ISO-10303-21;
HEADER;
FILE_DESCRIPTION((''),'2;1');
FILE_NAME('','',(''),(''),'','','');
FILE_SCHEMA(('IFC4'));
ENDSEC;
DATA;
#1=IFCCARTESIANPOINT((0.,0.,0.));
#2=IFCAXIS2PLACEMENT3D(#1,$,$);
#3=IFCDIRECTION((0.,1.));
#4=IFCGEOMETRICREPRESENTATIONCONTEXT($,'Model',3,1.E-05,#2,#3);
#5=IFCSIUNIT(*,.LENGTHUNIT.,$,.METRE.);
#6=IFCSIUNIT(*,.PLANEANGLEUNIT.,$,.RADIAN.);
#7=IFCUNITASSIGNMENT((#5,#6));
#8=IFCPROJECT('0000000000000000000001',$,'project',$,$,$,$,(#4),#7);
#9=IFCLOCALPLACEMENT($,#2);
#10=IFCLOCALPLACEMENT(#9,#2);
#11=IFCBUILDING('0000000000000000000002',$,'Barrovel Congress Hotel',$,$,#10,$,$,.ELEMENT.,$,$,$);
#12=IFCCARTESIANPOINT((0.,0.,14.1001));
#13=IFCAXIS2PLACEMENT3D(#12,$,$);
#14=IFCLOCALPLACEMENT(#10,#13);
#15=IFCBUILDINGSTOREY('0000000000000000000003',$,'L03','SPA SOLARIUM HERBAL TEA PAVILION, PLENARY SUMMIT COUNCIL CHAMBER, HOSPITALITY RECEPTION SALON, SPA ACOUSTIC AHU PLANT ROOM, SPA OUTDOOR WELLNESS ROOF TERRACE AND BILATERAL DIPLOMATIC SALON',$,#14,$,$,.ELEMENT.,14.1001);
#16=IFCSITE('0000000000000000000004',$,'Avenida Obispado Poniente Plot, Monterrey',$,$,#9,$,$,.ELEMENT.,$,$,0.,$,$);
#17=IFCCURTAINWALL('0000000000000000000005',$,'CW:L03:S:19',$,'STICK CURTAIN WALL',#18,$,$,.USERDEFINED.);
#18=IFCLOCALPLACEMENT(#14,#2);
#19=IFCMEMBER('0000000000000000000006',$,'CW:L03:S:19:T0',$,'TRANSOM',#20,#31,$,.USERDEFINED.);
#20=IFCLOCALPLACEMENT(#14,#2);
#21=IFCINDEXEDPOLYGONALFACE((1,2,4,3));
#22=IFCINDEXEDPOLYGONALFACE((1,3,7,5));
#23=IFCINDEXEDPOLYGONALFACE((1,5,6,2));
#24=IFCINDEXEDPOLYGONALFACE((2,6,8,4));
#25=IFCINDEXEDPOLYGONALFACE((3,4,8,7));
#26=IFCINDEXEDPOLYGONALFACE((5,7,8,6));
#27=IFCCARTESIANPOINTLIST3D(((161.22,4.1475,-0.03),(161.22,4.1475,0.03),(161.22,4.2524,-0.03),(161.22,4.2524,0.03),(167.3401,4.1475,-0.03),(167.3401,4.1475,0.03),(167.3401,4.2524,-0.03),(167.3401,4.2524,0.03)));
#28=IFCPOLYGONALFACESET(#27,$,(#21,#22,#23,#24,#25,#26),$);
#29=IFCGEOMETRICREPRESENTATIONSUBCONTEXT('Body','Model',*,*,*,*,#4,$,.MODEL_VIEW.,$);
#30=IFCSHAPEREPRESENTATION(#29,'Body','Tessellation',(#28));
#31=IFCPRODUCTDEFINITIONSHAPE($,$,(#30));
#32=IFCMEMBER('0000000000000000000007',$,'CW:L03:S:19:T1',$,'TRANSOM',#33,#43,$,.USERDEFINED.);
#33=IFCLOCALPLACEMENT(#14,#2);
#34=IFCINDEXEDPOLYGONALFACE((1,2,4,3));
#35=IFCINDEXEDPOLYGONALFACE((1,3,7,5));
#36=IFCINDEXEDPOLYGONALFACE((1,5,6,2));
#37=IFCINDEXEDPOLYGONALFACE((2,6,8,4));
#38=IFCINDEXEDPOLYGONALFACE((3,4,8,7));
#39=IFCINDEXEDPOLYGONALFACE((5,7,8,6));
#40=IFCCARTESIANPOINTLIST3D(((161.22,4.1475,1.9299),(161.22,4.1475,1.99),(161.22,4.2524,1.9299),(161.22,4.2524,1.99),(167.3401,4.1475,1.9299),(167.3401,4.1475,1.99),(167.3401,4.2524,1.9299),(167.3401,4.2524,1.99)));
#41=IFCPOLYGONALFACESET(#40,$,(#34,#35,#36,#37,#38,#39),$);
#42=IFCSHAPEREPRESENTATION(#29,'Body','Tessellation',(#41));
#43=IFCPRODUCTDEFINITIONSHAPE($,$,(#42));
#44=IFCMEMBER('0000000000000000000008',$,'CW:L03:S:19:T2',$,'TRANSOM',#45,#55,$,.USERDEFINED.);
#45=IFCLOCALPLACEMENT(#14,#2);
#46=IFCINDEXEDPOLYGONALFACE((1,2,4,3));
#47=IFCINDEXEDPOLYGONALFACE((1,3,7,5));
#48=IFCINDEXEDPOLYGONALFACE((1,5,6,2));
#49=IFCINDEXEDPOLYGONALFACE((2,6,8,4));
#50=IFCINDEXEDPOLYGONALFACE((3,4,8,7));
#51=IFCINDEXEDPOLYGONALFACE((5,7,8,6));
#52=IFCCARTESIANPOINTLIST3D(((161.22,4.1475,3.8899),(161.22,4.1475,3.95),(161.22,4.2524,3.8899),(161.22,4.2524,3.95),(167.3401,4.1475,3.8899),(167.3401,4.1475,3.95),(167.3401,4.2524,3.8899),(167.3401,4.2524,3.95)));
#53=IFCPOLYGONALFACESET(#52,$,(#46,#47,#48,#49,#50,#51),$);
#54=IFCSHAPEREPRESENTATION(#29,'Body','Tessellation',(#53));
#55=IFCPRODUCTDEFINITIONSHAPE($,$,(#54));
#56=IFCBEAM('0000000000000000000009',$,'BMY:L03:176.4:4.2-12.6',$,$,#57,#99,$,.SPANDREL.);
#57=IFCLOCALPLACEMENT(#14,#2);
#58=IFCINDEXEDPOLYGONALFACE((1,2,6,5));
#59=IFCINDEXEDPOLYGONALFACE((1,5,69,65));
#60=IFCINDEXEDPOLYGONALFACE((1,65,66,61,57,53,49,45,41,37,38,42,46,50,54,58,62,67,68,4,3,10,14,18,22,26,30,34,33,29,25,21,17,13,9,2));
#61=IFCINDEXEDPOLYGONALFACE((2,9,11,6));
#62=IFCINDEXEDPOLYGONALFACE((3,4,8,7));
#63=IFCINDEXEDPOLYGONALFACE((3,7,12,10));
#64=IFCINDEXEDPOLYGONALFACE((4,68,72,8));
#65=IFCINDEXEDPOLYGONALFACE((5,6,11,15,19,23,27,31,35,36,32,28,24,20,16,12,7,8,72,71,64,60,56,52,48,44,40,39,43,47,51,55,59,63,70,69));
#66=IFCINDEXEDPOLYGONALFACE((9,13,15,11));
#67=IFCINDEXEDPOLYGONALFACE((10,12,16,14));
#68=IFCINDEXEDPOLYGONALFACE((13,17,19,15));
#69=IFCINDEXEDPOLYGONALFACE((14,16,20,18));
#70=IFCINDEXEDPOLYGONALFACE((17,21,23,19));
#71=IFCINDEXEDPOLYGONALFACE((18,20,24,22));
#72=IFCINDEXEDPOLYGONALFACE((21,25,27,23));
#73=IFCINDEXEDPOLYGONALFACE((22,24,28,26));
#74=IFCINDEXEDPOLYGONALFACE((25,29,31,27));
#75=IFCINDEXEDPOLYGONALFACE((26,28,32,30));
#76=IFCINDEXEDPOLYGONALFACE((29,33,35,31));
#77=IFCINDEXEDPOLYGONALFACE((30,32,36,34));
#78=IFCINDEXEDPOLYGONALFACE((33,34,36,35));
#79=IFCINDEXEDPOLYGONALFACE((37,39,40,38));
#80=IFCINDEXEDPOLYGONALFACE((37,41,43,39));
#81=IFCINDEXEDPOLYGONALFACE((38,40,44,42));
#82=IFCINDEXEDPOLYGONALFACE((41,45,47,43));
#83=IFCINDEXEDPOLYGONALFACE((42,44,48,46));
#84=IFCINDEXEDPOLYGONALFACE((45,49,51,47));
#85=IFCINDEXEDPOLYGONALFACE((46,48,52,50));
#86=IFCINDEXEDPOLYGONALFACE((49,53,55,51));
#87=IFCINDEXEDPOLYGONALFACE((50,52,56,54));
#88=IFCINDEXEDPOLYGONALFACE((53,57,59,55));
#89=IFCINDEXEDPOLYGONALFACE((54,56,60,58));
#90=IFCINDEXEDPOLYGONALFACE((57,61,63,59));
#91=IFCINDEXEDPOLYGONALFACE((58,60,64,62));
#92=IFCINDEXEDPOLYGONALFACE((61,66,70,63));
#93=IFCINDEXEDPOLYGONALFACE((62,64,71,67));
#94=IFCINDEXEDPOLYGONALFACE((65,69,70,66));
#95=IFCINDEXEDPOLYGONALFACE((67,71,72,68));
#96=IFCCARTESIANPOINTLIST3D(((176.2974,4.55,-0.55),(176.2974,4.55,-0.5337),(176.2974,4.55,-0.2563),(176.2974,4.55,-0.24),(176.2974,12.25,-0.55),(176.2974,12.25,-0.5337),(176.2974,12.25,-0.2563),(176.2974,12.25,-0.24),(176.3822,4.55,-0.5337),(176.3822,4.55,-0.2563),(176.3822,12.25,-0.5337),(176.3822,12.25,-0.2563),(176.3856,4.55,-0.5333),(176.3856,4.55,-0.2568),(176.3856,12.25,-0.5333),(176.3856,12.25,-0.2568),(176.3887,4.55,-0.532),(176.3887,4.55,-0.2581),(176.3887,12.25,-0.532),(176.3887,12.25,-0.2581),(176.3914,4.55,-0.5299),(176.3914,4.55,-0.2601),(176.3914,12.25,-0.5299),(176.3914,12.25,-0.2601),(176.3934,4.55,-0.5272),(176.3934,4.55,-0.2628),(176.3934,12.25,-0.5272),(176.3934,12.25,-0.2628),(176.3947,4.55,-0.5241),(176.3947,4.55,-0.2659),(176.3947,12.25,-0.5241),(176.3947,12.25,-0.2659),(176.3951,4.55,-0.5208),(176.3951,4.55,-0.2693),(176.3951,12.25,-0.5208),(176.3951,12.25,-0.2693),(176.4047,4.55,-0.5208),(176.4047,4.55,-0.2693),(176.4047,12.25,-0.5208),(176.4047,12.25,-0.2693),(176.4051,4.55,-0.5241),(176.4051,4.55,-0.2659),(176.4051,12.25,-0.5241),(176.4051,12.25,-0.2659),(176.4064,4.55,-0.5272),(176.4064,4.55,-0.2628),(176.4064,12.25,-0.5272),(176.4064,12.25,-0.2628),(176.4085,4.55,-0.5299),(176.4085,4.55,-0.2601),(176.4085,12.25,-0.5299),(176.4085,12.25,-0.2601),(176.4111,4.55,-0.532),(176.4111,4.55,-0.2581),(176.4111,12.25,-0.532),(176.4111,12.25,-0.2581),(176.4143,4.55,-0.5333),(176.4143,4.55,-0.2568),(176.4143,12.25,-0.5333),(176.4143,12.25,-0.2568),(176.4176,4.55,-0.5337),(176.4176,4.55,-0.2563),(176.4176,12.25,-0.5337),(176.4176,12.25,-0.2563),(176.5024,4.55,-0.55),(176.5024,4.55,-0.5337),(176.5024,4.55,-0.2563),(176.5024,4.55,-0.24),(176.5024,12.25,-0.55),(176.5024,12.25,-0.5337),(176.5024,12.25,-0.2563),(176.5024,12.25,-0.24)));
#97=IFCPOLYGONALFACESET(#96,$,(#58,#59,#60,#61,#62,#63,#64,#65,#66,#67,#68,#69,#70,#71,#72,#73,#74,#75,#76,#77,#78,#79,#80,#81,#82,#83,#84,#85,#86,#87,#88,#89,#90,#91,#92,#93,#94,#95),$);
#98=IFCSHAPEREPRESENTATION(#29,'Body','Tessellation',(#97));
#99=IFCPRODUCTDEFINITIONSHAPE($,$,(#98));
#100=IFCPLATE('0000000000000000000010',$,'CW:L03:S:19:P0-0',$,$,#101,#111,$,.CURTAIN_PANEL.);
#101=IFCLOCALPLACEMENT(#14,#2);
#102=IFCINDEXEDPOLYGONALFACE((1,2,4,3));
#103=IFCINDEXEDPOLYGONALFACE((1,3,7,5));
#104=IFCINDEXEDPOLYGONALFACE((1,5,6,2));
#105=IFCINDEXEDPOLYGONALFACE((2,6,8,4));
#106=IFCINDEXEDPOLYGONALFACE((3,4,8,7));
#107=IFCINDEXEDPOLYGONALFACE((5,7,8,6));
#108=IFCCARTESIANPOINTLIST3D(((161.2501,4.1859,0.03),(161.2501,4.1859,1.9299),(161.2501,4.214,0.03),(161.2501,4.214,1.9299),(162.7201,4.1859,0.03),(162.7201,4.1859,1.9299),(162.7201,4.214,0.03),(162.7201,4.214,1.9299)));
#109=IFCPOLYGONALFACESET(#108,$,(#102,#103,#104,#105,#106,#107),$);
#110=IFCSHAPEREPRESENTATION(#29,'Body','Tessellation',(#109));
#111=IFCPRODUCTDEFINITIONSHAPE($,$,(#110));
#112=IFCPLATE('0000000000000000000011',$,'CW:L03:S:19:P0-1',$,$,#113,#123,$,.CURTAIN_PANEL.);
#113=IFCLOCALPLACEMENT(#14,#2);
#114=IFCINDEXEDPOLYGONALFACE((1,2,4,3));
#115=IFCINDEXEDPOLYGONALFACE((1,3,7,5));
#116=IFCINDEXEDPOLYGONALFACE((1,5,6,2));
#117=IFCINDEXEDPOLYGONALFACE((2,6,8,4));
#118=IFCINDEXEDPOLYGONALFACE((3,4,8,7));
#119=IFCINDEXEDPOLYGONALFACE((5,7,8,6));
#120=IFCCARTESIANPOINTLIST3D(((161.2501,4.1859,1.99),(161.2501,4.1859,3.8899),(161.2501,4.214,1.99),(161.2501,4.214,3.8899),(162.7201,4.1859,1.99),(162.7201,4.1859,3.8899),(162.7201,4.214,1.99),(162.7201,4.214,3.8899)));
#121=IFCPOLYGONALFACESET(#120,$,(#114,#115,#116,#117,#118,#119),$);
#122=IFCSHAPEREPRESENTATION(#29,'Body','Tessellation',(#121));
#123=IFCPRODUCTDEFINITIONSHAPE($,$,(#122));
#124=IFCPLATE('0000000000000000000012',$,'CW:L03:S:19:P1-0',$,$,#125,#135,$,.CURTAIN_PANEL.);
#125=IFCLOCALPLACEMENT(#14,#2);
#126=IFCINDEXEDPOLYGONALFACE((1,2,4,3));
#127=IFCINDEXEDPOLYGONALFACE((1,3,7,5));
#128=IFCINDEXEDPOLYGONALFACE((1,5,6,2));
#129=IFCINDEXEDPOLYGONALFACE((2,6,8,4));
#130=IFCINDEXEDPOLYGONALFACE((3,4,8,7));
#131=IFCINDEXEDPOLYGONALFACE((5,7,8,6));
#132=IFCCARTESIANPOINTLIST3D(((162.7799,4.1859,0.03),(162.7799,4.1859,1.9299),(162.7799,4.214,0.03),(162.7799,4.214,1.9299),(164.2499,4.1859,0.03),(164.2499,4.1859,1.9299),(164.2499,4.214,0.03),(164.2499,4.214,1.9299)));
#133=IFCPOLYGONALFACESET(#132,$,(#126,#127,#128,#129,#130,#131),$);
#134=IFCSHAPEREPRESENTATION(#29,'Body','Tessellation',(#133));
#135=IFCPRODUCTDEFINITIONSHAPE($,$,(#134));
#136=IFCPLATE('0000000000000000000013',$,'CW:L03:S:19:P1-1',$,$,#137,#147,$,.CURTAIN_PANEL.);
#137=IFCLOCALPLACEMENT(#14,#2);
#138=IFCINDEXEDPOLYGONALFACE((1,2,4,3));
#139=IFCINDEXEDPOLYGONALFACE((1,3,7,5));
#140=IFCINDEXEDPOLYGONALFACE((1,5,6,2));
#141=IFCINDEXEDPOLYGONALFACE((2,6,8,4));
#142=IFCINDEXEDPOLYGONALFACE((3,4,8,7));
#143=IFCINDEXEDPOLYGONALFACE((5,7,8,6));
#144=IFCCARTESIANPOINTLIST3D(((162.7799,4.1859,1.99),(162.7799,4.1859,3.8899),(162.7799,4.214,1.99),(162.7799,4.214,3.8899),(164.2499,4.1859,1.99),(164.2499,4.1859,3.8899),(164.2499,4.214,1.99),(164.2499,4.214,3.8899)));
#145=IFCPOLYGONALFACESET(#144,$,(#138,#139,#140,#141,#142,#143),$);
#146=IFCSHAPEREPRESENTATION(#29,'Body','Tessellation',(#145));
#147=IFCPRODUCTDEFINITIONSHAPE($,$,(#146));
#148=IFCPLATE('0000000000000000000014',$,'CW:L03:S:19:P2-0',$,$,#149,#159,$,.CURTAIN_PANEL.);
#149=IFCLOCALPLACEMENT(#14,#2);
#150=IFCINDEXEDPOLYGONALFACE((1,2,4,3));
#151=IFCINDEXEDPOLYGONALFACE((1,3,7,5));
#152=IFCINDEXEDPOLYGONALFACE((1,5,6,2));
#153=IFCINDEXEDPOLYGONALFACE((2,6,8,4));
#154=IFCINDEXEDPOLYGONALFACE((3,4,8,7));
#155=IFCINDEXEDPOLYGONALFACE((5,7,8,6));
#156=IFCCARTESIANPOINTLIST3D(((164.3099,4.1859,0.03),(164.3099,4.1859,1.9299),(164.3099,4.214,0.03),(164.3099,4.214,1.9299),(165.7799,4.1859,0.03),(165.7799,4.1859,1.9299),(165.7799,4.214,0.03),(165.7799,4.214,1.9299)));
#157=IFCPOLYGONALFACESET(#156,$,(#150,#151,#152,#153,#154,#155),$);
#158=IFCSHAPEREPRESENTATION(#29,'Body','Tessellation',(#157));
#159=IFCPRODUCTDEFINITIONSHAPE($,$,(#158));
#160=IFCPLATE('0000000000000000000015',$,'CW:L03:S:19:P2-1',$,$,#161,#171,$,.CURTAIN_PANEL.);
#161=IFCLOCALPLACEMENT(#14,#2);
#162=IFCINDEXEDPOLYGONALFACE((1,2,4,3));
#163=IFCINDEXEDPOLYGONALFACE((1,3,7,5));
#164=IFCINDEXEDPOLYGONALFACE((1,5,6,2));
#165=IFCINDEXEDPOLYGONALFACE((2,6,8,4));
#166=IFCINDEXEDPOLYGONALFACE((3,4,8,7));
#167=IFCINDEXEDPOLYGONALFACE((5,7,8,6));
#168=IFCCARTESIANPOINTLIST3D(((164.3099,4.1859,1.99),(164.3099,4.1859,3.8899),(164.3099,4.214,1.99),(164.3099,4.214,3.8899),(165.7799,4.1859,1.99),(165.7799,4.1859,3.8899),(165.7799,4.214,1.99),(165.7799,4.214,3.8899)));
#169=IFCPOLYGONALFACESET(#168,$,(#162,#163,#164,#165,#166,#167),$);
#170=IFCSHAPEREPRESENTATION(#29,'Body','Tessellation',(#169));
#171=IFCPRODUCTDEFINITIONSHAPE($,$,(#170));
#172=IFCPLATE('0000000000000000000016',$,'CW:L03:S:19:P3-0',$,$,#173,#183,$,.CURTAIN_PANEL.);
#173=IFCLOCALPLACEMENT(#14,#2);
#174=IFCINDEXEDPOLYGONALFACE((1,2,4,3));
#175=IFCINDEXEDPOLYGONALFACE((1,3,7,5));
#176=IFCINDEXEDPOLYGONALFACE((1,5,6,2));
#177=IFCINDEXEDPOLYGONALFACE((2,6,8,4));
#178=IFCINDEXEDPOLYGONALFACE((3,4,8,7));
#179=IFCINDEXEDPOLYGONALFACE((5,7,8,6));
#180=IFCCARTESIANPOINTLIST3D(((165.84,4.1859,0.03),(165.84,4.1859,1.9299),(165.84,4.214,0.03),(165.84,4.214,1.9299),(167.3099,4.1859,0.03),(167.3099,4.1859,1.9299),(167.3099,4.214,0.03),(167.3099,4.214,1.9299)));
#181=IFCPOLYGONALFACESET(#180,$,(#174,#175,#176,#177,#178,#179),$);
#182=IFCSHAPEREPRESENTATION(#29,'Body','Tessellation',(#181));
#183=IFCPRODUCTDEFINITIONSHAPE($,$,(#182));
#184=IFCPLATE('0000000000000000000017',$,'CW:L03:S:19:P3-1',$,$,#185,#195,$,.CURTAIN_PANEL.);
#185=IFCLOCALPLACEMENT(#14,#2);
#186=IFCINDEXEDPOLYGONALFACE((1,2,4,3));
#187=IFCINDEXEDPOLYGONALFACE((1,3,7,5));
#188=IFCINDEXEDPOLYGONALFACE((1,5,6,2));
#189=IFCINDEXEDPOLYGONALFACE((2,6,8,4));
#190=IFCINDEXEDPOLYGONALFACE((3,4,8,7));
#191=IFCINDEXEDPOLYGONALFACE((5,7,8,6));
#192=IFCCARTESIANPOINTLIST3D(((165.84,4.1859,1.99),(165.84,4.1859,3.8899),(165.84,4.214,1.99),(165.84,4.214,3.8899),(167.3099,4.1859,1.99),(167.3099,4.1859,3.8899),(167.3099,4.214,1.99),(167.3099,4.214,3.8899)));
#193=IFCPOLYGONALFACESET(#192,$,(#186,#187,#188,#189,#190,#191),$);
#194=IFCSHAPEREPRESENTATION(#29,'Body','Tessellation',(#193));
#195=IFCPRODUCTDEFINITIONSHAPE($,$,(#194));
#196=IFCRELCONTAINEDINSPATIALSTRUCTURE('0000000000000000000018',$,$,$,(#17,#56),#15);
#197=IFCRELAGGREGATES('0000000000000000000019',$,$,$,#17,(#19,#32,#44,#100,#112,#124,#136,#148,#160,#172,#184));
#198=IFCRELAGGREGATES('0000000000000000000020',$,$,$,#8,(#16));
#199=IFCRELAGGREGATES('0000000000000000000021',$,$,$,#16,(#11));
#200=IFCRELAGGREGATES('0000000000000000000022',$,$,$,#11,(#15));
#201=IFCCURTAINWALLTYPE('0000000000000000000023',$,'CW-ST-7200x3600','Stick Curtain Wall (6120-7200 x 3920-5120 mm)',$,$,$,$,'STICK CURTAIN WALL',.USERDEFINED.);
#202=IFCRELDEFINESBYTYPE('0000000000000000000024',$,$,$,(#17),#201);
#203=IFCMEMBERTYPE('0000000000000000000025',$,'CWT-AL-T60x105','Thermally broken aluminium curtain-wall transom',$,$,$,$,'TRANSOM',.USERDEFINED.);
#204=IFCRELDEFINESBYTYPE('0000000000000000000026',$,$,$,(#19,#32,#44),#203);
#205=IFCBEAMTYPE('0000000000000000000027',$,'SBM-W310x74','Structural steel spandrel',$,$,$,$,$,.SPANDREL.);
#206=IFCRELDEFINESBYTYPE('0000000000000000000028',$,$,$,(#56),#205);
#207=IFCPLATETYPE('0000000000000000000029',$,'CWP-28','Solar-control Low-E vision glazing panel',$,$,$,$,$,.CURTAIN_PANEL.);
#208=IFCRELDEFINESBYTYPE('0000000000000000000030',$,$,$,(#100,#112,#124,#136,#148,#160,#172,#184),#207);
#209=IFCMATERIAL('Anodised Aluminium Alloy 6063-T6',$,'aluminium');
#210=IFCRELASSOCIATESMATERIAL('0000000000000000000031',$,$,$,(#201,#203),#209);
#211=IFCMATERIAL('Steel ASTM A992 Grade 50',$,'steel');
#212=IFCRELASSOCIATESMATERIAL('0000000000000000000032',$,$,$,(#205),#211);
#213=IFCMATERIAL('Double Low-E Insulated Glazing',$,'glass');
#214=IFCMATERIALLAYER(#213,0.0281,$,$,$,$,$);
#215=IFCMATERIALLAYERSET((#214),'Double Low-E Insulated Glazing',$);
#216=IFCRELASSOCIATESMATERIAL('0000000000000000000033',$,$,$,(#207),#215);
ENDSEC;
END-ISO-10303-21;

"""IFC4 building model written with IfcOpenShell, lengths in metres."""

from ifc_helpers import new_model, si_unit, direction, frame, origin, origin_2d, place, context, subcontext, project, spatial, rectangle, i_section, extrude, material, layer, layer_set, material_profile, profile_set, type_object, element, aggregate, save


model = new_model("IFC4")

# Units and contexts
model_context = context("Model", 3, precision=1e-05, world=origin(), true_north=direction((0.0, 1.0)))
body_context = subcontext(model_context, "Body", "Model", "MODEL_VIEW")
ifc_project = project(units=[si_unit("LENGTHUNIT", "METRE"), si_unit("PLANEANGLEUNIT", "RADIAN")], contexts=[model_context])

# Site, building, storey
site_placement = place(None, origin())
site = spatial("IfcSite", under=ifc_project, at=site_placement, Name="Avenida Obispado Poniente Plot, Monterrey", CompositionType="ELEMENT", RefElevation=0.0)
building_placement = place(site_placement, origin())
building = spatial("IfcBuilding", under=site, at=building_placement, Name="Barrovel Congress Hotel", CompositionType="ELEMENT")
storey_placement = place(building_placement, frame((0.0, 0.0, 14.1001)))
storey = spatial("IfcBuildingStorey", under=building, at=storey_placement, Name="L03", Description="SPA SOLARIUM HERBAL TEA PAVILION, PLENARY SUMMIT COUNCIL CHAMBER, HOSPITALITY RECEPTION SALON, SPA ACOUSTIC AHU PLANT ROOM, SPA OUTDOOR WELLNESS ROOF TERRACE AND BILATERAL DIPLOMATIC SALON", CompositionType="ELEMENT", Elevation=14.1001)

# Curtain wall
ifc_material_1 = material(Name="Anodised Aluminium Alloy 6063-T6", Category="aluminium")
curtain_wall_type = type_object("IfcCurtainWallType", Name="CW-ST-7200x3600", Description="Stick Curtain Wall (6120-7200 x 3920-5120 mm)", ElementType="STICK CURTAIN WALL", PredefinedType="USERDEFINED", material=ifc_material_1)
curtain_wall_1_placement = place(storey_placement, origin())
curtain_wall_1 = element("IfcCurtainWall", 1, at=curtain_wall_1_placement, inside=storey, type_object=curtain_wall_type, Name="CW:L03:S:19", ObjectType="STICK CURTAIN WALL", PredefinedType="USERDEFINED")

# Members
ifc_material_profile_1 = material_profile(ifc_material_1, rectangle(XDim=0.105, YDim=0.0601, at=origin_2d()), Name="AL-T60x105")
ifc_profile_set_1 = profile_set([ifc_material_profile_1], Name="Anodised Aluminium Alloy 6063-T6")
member_type_1 = type_object("IfcMemberType", Name="CWT-AL-T60x105", Description="Thermally broken aluminium curtain-wall transom", ElementType="TRANSOM", PredefinedType="USERDEFINED", material=ifc_profile_set_1)
member_1_placement = place(storey_placement, frame((161.22, 4.2, 0.0), z_axis=(1.0, 0.0, 0.0), x_axis=(0.0, 1.0, 0.0)))
member_1 = element("IfcMember", 2, at=member_1_placement, type_object=member_type_1, Name="CW:L03:S:19:T0", ObjectType="TRANSOM", PredefinedType="USERDEFINED", context=body_context, shape_type="SweptSolid", body=[
    extrude(rectangle(XDim=0.105, YDim=0.0601, at=origin_2d()), origin(), (0.0, 0.0, 1.0), 6.1201),
])
member_2_placement = place(storey_placement, frame((161.22, 4.2, 1.96), z_axis=(1.0, 0.0, 0.0), x_axis=(0.0, 1.0, 0.0)))
member_2 = element("IfcMember", 3, at=member_2_placement, type_object=member_type_1, Name="CW:L03:S:19:T1", ObjectType="TRANSOM", PredefinedType="USERDEFINED", context=body_context, shape_type="SweptSolid", body=[
    extrude(rectangle(XDim=0.105, YDim=0.0601, at=origin_2d()), origin(), (0.0, 0.0, 1.0), 6.1201),
])
member_3_placement = place(storey_placement, frame((161.22, 4.2, 3.9199), z_axis=(1.0, 0.0, 0.0), x_axis=(0.0, 1.0, 0.0)))
member_3 = element("IfcMember", 4, at=member_3_placement, type_object=member_type_1, Name="CW:L03:S:19:T2", ObjectType="TRANSOM", PredefinedType="USERDEFINED", context=body_context, shape_type="SweptSolid", body=[
    extrude(rectangle(XDim=0.105, YDim=0.0601, at=origin_2d()), origin(), (0.0, 0.0, 1.0), 6.1201),
])

# Beam
ifc_material_2 = material(Name="Steel ASTM A992 Grade 50", Category="steel")
ifc_material_profile_2 = material_profile(ifc_material_2, i_section(OverallWidth=0.2051, OverallDepth=0.3101, WebThickness=0.0095, FlangeThickness=0.0164, FilletRadius=0.0129, at=origin_2d()), Name="W310x74")
ifc_profile_set_2 = profile_set([ifc_material_profile_2], Name="Steel ASTM A992 Grade 50")
beam_type_1 = type_object("IfcBeamType", Name="SBM-W310x74", Description="Structural steel spandrel", PredefinedType="SPANDREL", material=ifc_profile_set_2)
beam_1_placement = place(storey_placement, frame((176.3999, 4.55, -0.395), z_axis=(0.0, 1.0, 0.0), x_axis=(-1.0, 0.0, 0.0)))
element("IfcBeam", 5, at=beam_1_placement, inside=storey, type_object=beam_type_1, Name="BMY:L03:176.4:4.2-12.6", PredefinedType="SPANDREL", context=body_context, shape_type="SweptSolid", body=[
    extrude(i_section(OverallWidth=0.2051, OverallDepth=0.3101, WebThickness=0.0095, FlangeThickness=0.0164, FilletRadius=0.0129, at=origin_2d()), origin(), (0.0, 0.0, 1.0), 7.7),
])

# Plates
ifc_material_3 = material(Name="Double Low-E Insulated Glazing", Category="glass")
ifc_layer_1 = layer(ifc_material_3, 0.0281)
ifc_layer_set_1 = layer_set([ifc_layer_1], Name="Double Low-E Insulated Glazing")
plate_type = type_object("IfcPlateType", Name="CWP-28", Description="Solar-control Low-E vision glazing panel", PredefinedType="CURTAIN_PANEL", material=ifc_layer_set_1)
plate_1_placement = place(storey_placement, frame((161.9851, 4.2, 0.03), z_axis=(0.0, 0.0, 1.0), x_axis=(1.0, 0.0, 0.0)))
plate_1 = element("IfcPlate", 6, at=plate_1_placement, type_object=plate_type, Name="CW:L03:S:19:P0-0", PredefinedType="CURTAIN_PANEL", context=body_context, shape_type="SweptSolid", body=[
    extrude(rectangle(XDim=1.47, YDim=0.0281, at=origin_2d()), origin(), (0.0, 0.0, 1.0), 1.8999),
])
plate_2_placement = place(storey_placement, frame((161.9851, 4.2, 1.99), z_axis=(0.0, 0.0, 1.0), x_axis=(1.0, 0.0, 0.0)))
plate_2 = element("IfcPlate", 7, at=plate_2_placement, type_object=plate_type, Name="CW:L03:S:19:P0-1", PredefinedType="CURTAIN_PANEL", context=body_context, shape_type="SweptSolid", body=[
    extrude(rectangle(XDim=1.47, YDim=0.0281, at=origin_2d()), origin(), (0.0, 0.0, 1.0), 1.8999),
])
plate_3_placement = place(storey_placement, frame((163.5149, 4.2, 0.03), z_axis=(0.0, 0.0, 1.0), x_axis=(1.0, 0.0, 0.0)))
plate_3 = element("IfcPlate", 8, at=plate_3_placement, type_object=plate_type, Name="CW:L03:S:19:P1-0", PredefinedType="CURTAIN_PANEL", context=body_context, shape_type="SweptSolid", body=[
    extrude(rectangle(XDim=1.47, YDim=0.0281, at=origin_2d()), origin(), (0.0, 0.0, 1.0), 1.8999),
])
plate_4_placement = place(storey_placement, frame((163.5149, 4.2, 1.99), z_axis=(0.0, 0.0, 1.0), x_axis=(1.0, 0.0, 0.0)))
plate_4 = element("IfcPlate", 9, at=plate_4_placement, type_object=plate_type, Name="CW:L03:S:19:P1-1", PredefinedType="CURTAIN_PANEL", context=body_context, shape_type="SweptSolid", body=[
    extrude(rectangle(XDim=1.47, YDim=0.0281, at=origin_2d()), origin(), (0.0, 0.0, 1.0), 1.8999),
])
plate_5_placement = place(storey_placement, frame((165.0449, 4.2, 0.03), z_axis=(0.0, 0.0, 1.0), x_axis=(1.0, 0.0, 0.0)))
plate_5 = element("IfcPlate", 10, at=plate_5_placement, type_object=plate_type, Name="CW:L03:S:19:P2-0", PredefinedType="CURTAIN_PANEL", context=body_context, shape_type="SweptSolid", body=[
    extrude(rectangle(XDim=1.47, YDim=0.0281, at=origin_2d()), origin(), (0.0, 0.0, 1.0), 1.8999),
])
plate_6_placement = place(storey_placement, frame((165.0449, 4.2, 1.99), z_axis=(0.0, 0.0, 1.0), x_axis=(1.0, 0.0, 0.0)))
plate_6 = element("IfcPlate", 11, at=plate_6_placement, type_object=plate_type, Name="CW:L03:S:19:P2-1", PredefinedType="CURTAIN_PANEL", context=body_context, shape_type="SweptSolid", body=[
    extrude(rectangle(XDim=1.47, YDim=0.0281, at=origin_2d()), origin(), (0.0, 0.0, 1.0), 1.8999),
])
plate_7_placement = place(storey_placement, frame((166.575, 4.2, 0.03), z_axis=(0.0, 0.0, 1.0), x_axis=(1.0, 0.0, 0.0)))
plate_7 = element("IfcPlate", 12, at=plate_7_placement, type_object=plate_type, Name="CW:L03:S:19:P3-0", PredefinedType="CURTAIN_PANEL", context=body_context, shape_type="SweptSolid", body=[
    extrude(rectangle(XDim=1.47, YDim=0.0281, at=origin_2d()), origin(), (0.0, 0.0, 1.0), 1.8999),
])
plate_8_placement = place(storey_placement, frame((166.575, 4.2, 1.99), z_axis=(0.0, 0.0, 1.0), x_axis=(1.0, 0.0, 0.0)))
plate_8 = element("IfcPlate", 13, at=plate_8_placement, type_object=plate_type, Name="CW:L03:S:19:P3-1", PredefinedType="CURTAIN_PANEL", context=body_context, shape_type="SweptSolid", body=[
    extrude(rectangle(XDim=1.47, YDim=0.0281, at=origin_2d()), origin(), (0.0, 0.0, 1.0), 1.8999),
])
aggregate(curtain_wall_1, [member_1, member_2, member_3, plate_1, plate_2, plate_3, plate_4, plate_5, plate_6, plate_7, plate_8])

save(model, "model.ifc")
